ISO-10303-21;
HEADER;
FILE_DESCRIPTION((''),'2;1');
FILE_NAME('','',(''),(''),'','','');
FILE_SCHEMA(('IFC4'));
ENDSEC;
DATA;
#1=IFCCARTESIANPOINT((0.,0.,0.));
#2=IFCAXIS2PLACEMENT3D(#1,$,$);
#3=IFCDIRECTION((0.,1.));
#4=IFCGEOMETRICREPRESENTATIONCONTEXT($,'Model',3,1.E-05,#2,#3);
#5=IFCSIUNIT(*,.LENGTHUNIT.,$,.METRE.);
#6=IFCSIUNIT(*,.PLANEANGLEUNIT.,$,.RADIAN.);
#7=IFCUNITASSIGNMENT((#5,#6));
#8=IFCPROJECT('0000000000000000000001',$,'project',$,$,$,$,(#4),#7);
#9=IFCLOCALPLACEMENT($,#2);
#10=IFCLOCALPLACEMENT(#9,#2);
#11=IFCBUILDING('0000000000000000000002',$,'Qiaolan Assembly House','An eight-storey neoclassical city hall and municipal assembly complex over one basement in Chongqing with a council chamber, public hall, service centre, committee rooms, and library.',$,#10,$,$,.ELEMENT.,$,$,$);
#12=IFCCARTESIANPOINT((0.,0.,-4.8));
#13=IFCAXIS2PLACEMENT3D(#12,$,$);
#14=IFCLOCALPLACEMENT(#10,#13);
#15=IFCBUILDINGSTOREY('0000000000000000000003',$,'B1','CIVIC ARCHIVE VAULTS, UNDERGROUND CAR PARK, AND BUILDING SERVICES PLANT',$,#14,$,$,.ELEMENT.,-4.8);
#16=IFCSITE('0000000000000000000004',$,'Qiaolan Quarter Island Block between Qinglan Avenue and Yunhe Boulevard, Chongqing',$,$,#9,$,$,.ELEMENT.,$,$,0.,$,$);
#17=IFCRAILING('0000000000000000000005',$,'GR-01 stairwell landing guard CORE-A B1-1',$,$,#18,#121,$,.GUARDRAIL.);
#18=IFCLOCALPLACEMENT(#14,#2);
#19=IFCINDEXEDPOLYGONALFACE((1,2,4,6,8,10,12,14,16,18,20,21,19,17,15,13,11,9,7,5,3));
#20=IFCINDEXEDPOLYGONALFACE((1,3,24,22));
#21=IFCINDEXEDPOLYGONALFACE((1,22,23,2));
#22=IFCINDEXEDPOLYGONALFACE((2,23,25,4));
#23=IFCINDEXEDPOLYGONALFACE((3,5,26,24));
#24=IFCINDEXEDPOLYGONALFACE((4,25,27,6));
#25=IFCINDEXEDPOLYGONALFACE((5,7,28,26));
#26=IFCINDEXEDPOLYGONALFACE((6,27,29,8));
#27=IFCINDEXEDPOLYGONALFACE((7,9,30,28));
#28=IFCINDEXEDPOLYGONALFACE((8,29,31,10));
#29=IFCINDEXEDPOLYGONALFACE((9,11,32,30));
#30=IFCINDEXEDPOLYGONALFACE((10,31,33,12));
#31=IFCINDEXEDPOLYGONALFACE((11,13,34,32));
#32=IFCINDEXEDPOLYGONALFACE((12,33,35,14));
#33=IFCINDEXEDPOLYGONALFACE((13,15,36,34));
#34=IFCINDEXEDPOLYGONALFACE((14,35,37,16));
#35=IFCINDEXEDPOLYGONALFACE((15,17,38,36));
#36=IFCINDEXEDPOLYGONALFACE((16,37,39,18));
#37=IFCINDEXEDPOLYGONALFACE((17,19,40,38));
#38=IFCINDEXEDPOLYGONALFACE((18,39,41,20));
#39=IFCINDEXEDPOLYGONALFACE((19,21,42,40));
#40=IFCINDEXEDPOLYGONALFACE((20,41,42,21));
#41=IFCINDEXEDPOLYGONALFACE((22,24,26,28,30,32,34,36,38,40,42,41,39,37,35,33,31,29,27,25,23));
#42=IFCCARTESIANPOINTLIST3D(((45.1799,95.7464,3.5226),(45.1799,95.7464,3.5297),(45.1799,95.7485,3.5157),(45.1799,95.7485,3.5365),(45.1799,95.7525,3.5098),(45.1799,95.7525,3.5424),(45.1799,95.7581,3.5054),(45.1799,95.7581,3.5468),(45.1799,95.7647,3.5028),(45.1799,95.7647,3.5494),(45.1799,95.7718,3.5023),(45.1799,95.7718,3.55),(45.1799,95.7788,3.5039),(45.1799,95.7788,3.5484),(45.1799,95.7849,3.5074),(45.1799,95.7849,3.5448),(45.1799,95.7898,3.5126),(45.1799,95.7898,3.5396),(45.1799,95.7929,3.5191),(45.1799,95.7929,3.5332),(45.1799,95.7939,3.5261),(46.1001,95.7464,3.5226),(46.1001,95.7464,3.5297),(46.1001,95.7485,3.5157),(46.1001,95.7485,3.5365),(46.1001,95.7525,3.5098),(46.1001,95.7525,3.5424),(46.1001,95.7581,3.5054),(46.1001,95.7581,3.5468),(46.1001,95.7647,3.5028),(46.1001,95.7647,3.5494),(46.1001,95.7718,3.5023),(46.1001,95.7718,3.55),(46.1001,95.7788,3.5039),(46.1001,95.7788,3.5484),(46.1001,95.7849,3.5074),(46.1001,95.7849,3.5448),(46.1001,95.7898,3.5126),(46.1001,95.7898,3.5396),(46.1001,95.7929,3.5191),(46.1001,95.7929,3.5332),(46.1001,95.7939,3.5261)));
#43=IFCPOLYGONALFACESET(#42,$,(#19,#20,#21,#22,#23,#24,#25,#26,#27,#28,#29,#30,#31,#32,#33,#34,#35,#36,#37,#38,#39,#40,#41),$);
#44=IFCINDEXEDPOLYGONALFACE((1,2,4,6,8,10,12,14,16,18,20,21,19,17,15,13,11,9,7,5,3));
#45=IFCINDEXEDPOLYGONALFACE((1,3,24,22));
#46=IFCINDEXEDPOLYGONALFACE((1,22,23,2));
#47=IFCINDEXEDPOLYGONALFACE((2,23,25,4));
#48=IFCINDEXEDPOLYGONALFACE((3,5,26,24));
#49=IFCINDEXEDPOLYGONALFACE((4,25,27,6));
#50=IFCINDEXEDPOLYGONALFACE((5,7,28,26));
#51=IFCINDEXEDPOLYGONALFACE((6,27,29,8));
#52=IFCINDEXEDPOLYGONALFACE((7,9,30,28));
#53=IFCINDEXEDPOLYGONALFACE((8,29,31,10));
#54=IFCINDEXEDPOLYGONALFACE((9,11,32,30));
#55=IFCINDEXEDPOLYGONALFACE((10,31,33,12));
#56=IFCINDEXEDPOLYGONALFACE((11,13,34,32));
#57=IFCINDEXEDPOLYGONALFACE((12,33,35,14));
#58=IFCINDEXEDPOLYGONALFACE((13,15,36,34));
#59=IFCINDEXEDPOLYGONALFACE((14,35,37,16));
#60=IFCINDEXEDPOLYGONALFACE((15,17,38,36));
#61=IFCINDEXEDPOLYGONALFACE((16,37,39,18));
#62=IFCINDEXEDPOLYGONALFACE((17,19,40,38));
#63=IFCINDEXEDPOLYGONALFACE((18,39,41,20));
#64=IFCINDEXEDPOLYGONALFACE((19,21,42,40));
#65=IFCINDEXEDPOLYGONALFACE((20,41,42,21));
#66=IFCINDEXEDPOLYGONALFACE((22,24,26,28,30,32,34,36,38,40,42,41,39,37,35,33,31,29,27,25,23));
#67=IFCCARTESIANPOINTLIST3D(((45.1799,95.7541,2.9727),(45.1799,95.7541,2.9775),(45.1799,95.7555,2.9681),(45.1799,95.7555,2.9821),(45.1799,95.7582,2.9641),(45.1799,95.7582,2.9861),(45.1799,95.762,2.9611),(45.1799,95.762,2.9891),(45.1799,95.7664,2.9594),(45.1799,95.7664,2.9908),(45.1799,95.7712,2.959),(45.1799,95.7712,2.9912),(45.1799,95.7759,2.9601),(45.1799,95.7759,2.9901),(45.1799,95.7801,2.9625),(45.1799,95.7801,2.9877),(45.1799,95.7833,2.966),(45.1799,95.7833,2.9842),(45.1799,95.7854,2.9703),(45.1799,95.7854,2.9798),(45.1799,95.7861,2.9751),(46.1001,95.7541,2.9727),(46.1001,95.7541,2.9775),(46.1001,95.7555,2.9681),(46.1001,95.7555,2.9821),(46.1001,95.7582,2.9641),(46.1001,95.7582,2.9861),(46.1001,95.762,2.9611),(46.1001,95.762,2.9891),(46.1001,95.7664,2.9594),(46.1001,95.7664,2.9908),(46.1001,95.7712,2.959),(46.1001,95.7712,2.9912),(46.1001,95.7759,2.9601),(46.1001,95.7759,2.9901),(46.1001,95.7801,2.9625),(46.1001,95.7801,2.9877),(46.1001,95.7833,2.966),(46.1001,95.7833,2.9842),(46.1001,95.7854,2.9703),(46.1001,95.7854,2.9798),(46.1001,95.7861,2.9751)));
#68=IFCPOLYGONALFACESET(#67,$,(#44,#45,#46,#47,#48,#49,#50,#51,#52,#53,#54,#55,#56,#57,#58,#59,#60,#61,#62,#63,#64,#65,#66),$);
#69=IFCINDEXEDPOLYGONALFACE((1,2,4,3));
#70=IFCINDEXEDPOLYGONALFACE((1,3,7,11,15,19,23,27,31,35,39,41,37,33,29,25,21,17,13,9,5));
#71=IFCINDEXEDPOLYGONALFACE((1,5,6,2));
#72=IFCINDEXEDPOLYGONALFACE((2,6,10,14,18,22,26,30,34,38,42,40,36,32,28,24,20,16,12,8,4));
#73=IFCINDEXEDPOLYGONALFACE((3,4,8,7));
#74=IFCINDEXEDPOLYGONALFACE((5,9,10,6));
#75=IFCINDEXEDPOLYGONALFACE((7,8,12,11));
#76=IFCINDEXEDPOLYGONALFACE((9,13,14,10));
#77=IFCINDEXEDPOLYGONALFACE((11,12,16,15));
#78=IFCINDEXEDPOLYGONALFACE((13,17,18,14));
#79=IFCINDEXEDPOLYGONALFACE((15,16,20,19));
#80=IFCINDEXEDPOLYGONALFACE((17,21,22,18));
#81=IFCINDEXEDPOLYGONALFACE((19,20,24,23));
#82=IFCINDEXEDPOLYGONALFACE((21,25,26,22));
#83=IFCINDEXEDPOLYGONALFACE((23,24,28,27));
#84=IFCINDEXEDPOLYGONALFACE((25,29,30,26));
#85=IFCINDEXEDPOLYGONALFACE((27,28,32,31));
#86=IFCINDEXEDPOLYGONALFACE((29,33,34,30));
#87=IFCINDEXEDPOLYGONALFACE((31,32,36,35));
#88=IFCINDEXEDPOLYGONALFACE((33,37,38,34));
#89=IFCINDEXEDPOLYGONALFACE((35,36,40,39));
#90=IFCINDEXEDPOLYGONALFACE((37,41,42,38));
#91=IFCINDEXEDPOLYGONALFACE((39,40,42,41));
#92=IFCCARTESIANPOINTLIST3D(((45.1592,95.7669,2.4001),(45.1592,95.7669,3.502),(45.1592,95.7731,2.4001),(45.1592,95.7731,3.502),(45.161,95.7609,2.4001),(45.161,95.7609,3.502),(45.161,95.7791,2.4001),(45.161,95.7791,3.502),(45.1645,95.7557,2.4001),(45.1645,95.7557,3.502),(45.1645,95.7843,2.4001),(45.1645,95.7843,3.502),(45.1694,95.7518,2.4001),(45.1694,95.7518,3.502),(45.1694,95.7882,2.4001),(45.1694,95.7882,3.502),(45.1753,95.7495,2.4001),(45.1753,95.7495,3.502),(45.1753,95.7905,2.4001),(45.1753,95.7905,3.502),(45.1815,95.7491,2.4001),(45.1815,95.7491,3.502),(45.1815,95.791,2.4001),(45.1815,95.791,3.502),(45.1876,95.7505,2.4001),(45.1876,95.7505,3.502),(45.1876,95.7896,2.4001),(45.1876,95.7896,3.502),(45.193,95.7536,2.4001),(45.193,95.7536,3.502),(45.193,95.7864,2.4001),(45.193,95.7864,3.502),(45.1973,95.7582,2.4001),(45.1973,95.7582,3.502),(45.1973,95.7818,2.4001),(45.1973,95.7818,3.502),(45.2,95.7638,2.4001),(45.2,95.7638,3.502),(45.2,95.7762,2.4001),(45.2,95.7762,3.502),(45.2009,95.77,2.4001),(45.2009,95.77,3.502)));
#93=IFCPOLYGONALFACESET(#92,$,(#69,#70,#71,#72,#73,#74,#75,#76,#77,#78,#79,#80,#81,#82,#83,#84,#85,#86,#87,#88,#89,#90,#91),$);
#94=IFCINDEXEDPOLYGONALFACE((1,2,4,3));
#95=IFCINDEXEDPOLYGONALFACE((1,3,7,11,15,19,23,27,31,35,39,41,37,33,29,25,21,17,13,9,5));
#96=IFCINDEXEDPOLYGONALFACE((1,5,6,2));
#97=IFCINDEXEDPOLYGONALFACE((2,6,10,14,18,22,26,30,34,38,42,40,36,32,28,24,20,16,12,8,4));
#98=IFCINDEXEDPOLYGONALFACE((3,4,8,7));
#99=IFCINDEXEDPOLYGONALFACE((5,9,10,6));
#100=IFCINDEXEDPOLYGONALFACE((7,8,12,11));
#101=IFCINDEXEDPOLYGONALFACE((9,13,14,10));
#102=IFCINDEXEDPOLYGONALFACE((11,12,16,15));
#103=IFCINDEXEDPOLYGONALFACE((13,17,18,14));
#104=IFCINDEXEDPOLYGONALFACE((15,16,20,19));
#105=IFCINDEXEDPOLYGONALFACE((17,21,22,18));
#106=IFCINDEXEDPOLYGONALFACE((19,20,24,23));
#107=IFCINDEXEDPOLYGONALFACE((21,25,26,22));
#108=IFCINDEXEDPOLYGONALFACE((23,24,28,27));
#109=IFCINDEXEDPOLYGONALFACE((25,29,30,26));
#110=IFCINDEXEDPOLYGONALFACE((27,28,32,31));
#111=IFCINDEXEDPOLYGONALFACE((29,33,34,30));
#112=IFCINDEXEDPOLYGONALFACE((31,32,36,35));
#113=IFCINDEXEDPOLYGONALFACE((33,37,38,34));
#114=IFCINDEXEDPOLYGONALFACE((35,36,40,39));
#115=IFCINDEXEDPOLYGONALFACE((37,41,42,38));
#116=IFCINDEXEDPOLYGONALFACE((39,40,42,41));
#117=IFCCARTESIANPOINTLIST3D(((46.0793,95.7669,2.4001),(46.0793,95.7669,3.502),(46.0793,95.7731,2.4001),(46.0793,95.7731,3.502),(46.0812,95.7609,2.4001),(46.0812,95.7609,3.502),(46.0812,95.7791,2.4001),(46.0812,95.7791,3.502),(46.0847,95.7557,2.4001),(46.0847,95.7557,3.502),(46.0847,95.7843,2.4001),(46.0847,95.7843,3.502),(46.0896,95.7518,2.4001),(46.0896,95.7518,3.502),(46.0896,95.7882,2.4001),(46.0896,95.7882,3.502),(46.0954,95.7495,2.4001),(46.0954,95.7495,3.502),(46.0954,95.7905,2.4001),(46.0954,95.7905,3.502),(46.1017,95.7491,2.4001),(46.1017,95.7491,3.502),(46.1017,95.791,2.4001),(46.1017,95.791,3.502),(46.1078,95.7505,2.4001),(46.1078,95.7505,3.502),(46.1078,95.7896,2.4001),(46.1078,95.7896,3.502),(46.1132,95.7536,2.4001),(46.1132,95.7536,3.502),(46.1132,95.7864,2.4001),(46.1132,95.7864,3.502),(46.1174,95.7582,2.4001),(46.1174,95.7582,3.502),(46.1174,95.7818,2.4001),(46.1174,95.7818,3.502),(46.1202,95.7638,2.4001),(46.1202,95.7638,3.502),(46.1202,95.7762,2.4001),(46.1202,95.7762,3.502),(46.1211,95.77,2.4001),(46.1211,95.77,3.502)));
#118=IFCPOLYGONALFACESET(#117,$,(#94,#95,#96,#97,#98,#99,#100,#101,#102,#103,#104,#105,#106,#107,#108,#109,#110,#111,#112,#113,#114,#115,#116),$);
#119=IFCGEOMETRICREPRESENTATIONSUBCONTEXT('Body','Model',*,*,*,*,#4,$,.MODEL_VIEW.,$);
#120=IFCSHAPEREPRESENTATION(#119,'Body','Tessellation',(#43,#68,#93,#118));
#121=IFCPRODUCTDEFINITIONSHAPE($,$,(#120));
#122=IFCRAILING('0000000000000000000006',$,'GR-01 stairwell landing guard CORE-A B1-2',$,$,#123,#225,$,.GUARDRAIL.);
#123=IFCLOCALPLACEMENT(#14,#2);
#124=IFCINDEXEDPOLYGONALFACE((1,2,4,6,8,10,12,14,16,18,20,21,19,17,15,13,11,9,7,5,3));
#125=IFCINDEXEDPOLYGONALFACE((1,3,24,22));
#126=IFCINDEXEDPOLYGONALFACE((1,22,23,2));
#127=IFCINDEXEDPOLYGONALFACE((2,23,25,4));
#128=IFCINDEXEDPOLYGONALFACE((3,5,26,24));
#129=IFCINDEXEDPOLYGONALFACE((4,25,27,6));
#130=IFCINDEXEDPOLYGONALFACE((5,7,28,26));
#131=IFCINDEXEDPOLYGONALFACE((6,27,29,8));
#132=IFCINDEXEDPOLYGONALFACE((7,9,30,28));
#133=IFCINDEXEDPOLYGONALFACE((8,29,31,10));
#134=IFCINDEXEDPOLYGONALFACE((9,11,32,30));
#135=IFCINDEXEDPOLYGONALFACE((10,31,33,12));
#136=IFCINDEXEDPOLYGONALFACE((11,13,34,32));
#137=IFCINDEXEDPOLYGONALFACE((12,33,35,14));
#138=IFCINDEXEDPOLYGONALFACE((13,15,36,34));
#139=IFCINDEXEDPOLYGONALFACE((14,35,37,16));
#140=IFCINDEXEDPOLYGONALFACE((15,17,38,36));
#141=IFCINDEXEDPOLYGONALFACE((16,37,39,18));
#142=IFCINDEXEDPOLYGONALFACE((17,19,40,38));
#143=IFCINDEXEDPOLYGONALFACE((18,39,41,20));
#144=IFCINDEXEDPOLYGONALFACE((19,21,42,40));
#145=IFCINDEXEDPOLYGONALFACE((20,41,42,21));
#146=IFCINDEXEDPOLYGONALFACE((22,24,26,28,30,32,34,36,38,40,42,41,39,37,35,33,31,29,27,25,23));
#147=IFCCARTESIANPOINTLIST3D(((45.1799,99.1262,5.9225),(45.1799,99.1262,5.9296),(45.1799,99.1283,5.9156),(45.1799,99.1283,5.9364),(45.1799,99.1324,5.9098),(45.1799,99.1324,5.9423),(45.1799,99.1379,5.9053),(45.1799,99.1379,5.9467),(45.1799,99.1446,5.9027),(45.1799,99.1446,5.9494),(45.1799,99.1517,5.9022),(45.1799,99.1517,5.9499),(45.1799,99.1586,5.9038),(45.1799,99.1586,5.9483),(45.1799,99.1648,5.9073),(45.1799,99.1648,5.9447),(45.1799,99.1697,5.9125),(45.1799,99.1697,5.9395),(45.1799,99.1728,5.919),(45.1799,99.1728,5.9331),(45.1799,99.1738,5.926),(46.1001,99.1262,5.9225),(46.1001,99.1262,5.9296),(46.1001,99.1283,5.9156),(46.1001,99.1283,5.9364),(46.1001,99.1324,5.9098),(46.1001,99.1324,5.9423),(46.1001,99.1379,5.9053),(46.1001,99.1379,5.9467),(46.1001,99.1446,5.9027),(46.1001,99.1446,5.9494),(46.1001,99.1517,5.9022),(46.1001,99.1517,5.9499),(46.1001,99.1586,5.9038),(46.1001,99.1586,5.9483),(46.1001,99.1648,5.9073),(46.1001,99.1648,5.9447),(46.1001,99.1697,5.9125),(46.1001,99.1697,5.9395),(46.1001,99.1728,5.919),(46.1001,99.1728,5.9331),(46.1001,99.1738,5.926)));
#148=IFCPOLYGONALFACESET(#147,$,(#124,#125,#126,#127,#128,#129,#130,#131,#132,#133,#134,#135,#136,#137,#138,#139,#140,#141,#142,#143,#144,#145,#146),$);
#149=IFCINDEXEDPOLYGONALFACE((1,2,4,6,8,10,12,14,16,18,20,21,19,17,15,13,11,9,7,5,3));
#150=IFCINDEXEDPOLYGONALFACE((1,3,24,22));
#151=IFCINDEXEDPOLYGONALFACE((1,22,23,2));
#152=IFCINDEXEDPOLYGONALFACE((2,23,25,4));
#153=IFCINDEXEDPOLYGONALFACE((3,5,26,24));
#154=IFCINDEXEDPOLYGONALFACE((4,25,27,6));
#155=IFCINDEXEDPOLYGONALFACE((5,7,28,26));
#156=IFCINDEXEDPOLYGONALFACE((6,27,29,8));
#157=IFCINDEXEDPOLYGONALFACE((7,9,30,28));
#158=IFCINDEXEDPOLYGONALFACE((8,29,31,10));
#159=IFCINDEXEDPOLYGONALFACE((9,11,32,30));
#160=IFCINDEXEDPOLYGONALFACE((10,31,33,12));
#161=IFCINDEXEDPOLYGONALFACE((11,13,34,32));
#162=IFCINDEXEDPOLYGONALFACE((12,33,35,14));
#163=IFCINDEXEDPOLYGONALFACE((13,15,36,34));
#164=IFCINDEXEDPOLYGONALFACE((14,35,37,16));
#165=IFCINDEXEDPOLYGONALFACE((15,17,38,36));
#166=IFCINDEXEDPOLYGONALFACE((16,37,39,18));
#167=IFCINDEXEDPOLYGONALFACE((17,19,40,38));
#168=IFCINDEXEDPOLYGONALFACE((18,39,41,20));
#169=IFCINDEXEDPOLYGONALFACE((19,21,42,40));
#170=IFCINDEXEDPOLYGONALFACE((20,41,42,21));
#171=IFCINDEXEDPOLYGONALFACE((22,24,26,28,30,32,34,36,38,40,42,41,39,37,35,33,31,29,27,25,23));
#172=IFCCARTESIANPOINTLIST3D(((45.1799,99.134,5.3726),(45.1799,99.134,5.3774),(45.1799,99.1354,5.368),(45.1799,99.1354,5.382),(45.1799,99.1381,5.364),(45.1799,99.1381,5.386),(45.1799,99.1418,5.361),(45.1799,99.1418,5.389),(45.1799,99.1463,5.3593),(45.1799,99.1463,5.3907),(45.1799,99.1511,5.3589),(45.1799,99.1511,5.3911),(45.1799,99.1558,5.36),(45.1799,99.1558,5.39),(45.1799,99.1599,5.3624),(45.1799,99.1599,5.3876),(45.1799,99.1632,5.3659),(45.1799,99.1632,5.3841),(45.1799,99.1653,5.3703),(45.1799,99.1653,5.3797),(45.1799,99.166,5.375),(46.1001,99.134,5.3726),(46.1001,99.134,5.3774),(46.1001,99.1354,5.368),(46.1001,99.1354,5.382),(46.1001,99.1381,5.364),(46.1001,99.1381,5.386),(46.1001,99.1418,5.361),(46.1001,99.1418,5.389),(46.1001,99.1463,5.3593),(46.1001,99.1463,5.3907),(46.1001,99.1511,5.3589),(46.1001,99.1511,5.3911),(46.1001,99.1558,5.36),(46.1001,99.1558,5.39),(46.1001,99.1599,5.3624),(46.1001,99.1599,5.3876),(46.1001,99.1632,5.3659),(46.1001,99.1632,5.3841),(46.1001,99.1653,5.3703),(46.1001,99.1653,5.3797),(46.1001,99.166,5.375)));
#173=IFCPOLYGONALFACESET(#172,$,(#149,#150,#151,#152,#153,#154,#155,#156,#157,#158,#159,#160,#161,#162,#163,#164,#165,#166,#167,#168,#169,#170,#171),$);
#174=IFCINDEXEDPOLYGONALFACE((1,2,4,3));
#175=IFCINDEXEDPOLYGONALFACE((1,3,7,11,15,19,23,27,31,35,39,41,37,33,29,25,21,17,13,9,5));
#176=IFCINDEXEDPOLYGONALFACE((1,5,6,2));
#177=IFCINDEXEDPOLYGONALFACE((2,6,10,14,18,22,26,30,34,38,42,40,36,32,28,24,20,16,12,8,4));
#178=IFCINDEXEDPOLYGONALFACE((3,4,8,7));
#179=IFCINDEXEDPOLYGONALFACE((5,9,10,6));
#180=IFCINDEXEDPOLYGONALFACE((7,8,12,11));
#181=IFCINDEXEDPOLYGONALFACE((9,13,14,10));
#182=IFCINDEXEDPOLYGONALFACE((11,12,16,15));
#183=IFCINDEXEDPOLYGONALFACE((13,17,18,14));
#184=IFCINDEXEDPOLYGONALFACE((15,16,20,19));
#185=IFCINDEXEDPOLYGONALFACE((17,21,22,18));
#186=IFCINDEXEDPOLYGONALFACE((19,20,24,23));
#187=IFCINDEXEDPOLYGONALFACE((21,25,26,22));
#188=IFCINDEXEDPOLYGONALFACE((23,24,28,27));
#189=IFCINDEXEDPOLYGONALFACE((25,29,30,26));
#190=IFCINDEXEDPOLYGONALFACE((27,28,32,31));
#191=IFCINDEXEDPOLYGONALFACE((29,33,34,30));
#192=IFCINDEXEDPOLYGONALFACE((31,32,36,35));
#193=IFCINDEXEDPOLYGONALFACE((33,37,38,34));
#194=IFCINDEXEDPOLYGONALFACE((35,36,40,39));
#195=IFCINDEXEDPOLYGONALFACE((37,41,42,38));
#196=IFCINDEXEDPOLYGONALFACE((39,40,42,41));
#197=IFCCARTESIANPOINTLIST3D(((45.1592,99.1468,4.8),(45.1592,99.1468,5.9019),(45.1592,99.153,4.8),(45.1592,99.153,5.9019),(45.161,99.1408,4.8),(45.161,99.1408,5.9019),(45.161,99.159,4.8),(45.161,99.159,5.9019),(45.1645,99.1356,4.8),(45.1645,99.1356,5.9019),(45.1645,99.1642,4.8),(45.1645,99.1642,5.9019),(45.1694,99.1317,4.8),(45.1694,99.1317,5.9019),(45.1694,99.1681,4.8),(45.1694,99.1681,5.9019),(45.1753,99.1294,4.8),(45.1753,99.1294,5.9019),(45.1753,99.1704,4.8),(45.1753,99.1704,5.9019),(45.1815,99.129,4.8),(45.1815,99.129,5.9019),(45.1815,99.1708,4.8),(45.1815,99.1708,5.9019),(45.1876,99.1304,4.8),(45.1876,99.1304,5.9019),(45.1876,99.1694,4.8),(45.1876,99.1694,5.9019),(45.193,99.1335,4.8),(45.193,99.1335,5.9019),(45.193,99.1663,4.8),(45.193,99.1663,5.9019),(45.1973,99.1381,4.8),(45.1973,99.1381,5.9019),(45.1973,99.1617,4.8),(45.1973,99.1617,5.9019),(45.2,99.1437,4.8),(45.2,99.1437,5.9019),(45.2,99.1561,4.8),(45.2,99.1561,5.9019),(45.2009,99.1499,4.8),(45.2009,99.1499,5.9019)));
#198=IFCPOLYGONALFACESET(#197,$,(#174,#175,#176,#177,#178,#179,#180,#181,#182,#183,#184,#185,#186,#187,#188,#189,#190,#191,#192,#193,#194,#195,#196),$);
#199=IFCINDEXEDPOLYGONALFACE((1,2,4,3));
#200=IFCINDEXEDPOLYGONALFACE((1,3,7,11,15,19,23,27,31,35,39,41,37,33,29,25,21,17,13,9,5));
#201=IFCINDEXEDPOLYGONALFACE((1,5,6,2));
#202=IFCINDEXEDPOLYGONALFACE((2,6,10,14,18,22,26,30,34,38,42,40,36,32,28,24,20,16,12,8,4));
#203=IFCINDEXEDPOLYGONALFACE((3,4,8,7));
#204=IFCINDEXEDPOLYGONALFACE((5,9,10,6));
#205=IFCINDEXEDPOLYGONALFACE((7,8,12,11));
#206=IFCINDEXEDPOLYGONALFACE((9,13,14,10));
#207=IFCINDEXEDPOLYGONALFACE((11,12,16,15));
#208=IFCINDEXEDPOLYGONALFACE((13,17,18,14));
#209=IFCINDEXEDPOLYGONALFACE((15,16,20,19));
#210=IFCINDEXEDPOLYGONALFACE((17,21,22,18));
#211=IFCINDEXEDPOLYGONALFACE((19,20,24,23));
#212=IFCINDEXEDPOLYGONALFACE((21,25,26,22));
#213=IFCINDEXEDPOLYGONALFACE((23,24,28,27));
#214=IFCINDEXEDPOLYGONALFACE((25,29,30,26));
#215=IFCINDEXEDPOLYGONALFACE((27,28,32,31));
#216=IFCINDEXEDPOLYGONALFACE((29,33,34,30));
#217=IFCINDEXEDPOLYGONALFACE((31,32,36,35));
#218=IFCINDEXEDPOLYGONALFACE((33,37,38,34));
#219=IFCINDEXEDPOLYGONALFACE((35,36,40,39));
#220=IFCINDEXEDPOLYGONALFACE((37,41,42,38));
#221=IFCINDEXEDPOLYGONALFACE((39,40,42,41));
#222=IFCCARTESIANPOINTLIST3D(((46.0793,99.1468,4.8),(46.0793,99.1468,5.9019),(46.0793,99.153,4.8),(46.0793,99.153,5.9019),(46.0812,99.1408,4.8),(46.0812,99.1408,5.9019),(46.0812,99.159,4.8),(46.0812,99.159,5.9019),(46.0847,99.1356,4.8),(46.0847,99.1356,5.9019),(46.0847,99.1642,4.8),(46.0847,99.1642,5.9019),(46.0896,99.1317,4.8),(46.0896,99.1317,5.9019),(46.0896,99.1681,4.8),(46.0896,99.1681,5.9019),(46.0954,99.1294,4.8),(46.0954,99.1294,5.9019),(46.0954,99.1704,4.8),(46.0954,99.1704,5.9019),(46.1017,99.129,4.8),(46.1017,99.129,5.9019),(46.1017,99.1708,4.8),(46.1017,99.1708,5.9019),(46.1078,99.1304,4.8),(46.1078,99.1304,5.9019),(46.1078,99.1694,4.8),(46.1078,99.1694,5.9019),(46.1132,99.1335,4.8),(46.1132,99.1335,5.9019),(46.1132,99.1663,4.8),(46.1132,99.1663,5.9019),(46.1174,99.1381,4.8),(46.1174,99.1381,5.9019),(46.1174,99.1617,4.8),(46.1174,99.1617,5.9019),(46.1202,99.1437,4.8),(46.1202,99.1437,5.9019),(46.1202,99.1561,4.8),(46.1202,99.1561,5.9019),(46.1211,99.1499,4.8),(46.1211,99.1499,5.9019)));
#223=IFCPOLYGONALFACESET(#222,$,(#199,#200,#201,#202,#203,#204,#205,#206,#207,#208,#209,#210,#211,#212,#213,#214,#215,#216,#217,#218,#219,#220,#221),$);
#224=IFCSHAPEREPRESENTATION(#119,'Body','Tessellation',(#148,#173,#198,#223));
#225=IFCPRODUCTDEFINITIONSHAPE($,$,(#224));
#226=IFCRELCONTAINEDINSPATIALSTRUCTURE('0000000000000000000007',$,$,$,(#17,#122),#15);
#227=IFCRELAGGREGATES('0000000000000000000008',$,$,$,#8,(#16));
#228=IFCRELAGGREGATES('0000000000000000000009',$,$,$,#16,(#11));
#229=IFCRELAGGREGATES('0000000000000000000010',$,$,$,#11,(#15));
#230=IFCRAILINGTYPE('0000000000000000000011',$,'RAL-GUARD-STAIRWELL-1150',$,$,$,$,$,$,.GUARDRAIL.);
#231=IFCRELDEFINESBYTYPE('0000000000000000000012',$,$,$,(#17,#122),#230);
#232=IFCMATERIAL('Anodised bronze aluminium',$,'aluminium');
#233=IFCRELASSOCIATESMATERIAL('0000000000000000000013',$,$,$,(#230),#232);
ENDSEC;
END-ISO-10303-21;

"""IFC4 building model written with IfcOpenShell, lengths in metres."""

from ifc_helpers import new_model, si_unit, direction, frame, origin, origin_2d, place, context, subcontext, project, spatial, circle, extrude, material, type_object, element, save


model = new_model("IFC4")

# Units and contexts
model_context = context("Model", 3, precision=1e-05, world=origin(), true_north=direction((0.0, 1.0)))
body_context = subcontext(model_context, "Body", "Model", "MODEL_VIEW")
ifc_project = project(units=[si_unit("LENGTHUNIT", "METRE"), si_unit("PLANEANGLEUNIT", "RADIAN")], contexts=[model_context])

# Site, building, storey
site_placement = place(None, origin())
site = spatial("IfcSite", under=ifc_project, at=site_placement, Name="Qiaolan Quarter Island Block between Qinglan Avenue and Yunhe Boulevard, Chongqing", CompositionType="ELEMENT", RefElevation=0.0)
building_placement = place(site_placement, origin())
building = spatial("IfcBuilding", under=site, at=building_placement, Name="Qiaolan Assembly House", Description="An eight-storey neoclassical city hall and municipal assembly complex over one basement in Chongqing with a council chamber, public hall, service centre, committee rooms, and library.", CompositionType="ELEMENT")
storey_placement = place(building_placement, frame((0.0, 0.0, -4.8)))
storey = spatial("IfcBuildingStorey", under=building, at=storey_placement, Name="B1", Description="CIVIC ARCHIVE VAULTS, UNDERGROUND CAR PARK, AND BUILDING SERVICES PLANT", CompositionType="ELEMENT", Elevation=-4.8)

# Railings
ifc_material_1 = material(Name="Anodised bronze aluminium", Category="aluminium")
railing_type_1 = type_object("IfcRailingType", Name="RAL-GUARD-STAIRWELL-1150", PredefinedType="GUARDRAIL", material=ifc_material_1)
for number, where, name in (
    (1, (45.1799, 95.77, 2.4001), "GR-01 stairwell landing guard CORE-A B1-1"),
    (2, (45.1799, 99.1499, 4.8), "GR-01 stairwell landing guard CORE-A B1-2"),
):
    element("IfcRailing", number, at=place(storey_placement, frame(where)), inside=storey, type_object=railing_type_1, Name=name, PredefinedType="GUARDRAIL", context=body_context, shape_type="SweptSolid", body=[
        extrude(circle(Radius=0.0239, at=origin_2d()), frame((0.0, 0.0, 1.126), z_axis=(1.0, 0.0, 0.0), x_axis=(0.0, 1.0, 0.0)), (0.0, 0.0, 1.0), 0.9202),
        extrude(circle(Radius=0.0161, at=origin_2d()), frame((0.0, 0.0, 0.575), z_axis=(1.0, 0.0, 0.0), x_axis=(0.0, 1.0, 0.0)), (0.0, 0.0, 1.0), 0.9202),
        extrude(circle(Radius=0.021, at=origin_2d()), origin(), (0.0, 0.0, 1.0), 1.1018),
        extrude(circle(Radius=0.021, at=origin_2d()), frame((0.9202, 0.0, 0.0)), (0.0, 0.0, 1.0), 1.1018),
    ])

save(model, "model.ifc")
